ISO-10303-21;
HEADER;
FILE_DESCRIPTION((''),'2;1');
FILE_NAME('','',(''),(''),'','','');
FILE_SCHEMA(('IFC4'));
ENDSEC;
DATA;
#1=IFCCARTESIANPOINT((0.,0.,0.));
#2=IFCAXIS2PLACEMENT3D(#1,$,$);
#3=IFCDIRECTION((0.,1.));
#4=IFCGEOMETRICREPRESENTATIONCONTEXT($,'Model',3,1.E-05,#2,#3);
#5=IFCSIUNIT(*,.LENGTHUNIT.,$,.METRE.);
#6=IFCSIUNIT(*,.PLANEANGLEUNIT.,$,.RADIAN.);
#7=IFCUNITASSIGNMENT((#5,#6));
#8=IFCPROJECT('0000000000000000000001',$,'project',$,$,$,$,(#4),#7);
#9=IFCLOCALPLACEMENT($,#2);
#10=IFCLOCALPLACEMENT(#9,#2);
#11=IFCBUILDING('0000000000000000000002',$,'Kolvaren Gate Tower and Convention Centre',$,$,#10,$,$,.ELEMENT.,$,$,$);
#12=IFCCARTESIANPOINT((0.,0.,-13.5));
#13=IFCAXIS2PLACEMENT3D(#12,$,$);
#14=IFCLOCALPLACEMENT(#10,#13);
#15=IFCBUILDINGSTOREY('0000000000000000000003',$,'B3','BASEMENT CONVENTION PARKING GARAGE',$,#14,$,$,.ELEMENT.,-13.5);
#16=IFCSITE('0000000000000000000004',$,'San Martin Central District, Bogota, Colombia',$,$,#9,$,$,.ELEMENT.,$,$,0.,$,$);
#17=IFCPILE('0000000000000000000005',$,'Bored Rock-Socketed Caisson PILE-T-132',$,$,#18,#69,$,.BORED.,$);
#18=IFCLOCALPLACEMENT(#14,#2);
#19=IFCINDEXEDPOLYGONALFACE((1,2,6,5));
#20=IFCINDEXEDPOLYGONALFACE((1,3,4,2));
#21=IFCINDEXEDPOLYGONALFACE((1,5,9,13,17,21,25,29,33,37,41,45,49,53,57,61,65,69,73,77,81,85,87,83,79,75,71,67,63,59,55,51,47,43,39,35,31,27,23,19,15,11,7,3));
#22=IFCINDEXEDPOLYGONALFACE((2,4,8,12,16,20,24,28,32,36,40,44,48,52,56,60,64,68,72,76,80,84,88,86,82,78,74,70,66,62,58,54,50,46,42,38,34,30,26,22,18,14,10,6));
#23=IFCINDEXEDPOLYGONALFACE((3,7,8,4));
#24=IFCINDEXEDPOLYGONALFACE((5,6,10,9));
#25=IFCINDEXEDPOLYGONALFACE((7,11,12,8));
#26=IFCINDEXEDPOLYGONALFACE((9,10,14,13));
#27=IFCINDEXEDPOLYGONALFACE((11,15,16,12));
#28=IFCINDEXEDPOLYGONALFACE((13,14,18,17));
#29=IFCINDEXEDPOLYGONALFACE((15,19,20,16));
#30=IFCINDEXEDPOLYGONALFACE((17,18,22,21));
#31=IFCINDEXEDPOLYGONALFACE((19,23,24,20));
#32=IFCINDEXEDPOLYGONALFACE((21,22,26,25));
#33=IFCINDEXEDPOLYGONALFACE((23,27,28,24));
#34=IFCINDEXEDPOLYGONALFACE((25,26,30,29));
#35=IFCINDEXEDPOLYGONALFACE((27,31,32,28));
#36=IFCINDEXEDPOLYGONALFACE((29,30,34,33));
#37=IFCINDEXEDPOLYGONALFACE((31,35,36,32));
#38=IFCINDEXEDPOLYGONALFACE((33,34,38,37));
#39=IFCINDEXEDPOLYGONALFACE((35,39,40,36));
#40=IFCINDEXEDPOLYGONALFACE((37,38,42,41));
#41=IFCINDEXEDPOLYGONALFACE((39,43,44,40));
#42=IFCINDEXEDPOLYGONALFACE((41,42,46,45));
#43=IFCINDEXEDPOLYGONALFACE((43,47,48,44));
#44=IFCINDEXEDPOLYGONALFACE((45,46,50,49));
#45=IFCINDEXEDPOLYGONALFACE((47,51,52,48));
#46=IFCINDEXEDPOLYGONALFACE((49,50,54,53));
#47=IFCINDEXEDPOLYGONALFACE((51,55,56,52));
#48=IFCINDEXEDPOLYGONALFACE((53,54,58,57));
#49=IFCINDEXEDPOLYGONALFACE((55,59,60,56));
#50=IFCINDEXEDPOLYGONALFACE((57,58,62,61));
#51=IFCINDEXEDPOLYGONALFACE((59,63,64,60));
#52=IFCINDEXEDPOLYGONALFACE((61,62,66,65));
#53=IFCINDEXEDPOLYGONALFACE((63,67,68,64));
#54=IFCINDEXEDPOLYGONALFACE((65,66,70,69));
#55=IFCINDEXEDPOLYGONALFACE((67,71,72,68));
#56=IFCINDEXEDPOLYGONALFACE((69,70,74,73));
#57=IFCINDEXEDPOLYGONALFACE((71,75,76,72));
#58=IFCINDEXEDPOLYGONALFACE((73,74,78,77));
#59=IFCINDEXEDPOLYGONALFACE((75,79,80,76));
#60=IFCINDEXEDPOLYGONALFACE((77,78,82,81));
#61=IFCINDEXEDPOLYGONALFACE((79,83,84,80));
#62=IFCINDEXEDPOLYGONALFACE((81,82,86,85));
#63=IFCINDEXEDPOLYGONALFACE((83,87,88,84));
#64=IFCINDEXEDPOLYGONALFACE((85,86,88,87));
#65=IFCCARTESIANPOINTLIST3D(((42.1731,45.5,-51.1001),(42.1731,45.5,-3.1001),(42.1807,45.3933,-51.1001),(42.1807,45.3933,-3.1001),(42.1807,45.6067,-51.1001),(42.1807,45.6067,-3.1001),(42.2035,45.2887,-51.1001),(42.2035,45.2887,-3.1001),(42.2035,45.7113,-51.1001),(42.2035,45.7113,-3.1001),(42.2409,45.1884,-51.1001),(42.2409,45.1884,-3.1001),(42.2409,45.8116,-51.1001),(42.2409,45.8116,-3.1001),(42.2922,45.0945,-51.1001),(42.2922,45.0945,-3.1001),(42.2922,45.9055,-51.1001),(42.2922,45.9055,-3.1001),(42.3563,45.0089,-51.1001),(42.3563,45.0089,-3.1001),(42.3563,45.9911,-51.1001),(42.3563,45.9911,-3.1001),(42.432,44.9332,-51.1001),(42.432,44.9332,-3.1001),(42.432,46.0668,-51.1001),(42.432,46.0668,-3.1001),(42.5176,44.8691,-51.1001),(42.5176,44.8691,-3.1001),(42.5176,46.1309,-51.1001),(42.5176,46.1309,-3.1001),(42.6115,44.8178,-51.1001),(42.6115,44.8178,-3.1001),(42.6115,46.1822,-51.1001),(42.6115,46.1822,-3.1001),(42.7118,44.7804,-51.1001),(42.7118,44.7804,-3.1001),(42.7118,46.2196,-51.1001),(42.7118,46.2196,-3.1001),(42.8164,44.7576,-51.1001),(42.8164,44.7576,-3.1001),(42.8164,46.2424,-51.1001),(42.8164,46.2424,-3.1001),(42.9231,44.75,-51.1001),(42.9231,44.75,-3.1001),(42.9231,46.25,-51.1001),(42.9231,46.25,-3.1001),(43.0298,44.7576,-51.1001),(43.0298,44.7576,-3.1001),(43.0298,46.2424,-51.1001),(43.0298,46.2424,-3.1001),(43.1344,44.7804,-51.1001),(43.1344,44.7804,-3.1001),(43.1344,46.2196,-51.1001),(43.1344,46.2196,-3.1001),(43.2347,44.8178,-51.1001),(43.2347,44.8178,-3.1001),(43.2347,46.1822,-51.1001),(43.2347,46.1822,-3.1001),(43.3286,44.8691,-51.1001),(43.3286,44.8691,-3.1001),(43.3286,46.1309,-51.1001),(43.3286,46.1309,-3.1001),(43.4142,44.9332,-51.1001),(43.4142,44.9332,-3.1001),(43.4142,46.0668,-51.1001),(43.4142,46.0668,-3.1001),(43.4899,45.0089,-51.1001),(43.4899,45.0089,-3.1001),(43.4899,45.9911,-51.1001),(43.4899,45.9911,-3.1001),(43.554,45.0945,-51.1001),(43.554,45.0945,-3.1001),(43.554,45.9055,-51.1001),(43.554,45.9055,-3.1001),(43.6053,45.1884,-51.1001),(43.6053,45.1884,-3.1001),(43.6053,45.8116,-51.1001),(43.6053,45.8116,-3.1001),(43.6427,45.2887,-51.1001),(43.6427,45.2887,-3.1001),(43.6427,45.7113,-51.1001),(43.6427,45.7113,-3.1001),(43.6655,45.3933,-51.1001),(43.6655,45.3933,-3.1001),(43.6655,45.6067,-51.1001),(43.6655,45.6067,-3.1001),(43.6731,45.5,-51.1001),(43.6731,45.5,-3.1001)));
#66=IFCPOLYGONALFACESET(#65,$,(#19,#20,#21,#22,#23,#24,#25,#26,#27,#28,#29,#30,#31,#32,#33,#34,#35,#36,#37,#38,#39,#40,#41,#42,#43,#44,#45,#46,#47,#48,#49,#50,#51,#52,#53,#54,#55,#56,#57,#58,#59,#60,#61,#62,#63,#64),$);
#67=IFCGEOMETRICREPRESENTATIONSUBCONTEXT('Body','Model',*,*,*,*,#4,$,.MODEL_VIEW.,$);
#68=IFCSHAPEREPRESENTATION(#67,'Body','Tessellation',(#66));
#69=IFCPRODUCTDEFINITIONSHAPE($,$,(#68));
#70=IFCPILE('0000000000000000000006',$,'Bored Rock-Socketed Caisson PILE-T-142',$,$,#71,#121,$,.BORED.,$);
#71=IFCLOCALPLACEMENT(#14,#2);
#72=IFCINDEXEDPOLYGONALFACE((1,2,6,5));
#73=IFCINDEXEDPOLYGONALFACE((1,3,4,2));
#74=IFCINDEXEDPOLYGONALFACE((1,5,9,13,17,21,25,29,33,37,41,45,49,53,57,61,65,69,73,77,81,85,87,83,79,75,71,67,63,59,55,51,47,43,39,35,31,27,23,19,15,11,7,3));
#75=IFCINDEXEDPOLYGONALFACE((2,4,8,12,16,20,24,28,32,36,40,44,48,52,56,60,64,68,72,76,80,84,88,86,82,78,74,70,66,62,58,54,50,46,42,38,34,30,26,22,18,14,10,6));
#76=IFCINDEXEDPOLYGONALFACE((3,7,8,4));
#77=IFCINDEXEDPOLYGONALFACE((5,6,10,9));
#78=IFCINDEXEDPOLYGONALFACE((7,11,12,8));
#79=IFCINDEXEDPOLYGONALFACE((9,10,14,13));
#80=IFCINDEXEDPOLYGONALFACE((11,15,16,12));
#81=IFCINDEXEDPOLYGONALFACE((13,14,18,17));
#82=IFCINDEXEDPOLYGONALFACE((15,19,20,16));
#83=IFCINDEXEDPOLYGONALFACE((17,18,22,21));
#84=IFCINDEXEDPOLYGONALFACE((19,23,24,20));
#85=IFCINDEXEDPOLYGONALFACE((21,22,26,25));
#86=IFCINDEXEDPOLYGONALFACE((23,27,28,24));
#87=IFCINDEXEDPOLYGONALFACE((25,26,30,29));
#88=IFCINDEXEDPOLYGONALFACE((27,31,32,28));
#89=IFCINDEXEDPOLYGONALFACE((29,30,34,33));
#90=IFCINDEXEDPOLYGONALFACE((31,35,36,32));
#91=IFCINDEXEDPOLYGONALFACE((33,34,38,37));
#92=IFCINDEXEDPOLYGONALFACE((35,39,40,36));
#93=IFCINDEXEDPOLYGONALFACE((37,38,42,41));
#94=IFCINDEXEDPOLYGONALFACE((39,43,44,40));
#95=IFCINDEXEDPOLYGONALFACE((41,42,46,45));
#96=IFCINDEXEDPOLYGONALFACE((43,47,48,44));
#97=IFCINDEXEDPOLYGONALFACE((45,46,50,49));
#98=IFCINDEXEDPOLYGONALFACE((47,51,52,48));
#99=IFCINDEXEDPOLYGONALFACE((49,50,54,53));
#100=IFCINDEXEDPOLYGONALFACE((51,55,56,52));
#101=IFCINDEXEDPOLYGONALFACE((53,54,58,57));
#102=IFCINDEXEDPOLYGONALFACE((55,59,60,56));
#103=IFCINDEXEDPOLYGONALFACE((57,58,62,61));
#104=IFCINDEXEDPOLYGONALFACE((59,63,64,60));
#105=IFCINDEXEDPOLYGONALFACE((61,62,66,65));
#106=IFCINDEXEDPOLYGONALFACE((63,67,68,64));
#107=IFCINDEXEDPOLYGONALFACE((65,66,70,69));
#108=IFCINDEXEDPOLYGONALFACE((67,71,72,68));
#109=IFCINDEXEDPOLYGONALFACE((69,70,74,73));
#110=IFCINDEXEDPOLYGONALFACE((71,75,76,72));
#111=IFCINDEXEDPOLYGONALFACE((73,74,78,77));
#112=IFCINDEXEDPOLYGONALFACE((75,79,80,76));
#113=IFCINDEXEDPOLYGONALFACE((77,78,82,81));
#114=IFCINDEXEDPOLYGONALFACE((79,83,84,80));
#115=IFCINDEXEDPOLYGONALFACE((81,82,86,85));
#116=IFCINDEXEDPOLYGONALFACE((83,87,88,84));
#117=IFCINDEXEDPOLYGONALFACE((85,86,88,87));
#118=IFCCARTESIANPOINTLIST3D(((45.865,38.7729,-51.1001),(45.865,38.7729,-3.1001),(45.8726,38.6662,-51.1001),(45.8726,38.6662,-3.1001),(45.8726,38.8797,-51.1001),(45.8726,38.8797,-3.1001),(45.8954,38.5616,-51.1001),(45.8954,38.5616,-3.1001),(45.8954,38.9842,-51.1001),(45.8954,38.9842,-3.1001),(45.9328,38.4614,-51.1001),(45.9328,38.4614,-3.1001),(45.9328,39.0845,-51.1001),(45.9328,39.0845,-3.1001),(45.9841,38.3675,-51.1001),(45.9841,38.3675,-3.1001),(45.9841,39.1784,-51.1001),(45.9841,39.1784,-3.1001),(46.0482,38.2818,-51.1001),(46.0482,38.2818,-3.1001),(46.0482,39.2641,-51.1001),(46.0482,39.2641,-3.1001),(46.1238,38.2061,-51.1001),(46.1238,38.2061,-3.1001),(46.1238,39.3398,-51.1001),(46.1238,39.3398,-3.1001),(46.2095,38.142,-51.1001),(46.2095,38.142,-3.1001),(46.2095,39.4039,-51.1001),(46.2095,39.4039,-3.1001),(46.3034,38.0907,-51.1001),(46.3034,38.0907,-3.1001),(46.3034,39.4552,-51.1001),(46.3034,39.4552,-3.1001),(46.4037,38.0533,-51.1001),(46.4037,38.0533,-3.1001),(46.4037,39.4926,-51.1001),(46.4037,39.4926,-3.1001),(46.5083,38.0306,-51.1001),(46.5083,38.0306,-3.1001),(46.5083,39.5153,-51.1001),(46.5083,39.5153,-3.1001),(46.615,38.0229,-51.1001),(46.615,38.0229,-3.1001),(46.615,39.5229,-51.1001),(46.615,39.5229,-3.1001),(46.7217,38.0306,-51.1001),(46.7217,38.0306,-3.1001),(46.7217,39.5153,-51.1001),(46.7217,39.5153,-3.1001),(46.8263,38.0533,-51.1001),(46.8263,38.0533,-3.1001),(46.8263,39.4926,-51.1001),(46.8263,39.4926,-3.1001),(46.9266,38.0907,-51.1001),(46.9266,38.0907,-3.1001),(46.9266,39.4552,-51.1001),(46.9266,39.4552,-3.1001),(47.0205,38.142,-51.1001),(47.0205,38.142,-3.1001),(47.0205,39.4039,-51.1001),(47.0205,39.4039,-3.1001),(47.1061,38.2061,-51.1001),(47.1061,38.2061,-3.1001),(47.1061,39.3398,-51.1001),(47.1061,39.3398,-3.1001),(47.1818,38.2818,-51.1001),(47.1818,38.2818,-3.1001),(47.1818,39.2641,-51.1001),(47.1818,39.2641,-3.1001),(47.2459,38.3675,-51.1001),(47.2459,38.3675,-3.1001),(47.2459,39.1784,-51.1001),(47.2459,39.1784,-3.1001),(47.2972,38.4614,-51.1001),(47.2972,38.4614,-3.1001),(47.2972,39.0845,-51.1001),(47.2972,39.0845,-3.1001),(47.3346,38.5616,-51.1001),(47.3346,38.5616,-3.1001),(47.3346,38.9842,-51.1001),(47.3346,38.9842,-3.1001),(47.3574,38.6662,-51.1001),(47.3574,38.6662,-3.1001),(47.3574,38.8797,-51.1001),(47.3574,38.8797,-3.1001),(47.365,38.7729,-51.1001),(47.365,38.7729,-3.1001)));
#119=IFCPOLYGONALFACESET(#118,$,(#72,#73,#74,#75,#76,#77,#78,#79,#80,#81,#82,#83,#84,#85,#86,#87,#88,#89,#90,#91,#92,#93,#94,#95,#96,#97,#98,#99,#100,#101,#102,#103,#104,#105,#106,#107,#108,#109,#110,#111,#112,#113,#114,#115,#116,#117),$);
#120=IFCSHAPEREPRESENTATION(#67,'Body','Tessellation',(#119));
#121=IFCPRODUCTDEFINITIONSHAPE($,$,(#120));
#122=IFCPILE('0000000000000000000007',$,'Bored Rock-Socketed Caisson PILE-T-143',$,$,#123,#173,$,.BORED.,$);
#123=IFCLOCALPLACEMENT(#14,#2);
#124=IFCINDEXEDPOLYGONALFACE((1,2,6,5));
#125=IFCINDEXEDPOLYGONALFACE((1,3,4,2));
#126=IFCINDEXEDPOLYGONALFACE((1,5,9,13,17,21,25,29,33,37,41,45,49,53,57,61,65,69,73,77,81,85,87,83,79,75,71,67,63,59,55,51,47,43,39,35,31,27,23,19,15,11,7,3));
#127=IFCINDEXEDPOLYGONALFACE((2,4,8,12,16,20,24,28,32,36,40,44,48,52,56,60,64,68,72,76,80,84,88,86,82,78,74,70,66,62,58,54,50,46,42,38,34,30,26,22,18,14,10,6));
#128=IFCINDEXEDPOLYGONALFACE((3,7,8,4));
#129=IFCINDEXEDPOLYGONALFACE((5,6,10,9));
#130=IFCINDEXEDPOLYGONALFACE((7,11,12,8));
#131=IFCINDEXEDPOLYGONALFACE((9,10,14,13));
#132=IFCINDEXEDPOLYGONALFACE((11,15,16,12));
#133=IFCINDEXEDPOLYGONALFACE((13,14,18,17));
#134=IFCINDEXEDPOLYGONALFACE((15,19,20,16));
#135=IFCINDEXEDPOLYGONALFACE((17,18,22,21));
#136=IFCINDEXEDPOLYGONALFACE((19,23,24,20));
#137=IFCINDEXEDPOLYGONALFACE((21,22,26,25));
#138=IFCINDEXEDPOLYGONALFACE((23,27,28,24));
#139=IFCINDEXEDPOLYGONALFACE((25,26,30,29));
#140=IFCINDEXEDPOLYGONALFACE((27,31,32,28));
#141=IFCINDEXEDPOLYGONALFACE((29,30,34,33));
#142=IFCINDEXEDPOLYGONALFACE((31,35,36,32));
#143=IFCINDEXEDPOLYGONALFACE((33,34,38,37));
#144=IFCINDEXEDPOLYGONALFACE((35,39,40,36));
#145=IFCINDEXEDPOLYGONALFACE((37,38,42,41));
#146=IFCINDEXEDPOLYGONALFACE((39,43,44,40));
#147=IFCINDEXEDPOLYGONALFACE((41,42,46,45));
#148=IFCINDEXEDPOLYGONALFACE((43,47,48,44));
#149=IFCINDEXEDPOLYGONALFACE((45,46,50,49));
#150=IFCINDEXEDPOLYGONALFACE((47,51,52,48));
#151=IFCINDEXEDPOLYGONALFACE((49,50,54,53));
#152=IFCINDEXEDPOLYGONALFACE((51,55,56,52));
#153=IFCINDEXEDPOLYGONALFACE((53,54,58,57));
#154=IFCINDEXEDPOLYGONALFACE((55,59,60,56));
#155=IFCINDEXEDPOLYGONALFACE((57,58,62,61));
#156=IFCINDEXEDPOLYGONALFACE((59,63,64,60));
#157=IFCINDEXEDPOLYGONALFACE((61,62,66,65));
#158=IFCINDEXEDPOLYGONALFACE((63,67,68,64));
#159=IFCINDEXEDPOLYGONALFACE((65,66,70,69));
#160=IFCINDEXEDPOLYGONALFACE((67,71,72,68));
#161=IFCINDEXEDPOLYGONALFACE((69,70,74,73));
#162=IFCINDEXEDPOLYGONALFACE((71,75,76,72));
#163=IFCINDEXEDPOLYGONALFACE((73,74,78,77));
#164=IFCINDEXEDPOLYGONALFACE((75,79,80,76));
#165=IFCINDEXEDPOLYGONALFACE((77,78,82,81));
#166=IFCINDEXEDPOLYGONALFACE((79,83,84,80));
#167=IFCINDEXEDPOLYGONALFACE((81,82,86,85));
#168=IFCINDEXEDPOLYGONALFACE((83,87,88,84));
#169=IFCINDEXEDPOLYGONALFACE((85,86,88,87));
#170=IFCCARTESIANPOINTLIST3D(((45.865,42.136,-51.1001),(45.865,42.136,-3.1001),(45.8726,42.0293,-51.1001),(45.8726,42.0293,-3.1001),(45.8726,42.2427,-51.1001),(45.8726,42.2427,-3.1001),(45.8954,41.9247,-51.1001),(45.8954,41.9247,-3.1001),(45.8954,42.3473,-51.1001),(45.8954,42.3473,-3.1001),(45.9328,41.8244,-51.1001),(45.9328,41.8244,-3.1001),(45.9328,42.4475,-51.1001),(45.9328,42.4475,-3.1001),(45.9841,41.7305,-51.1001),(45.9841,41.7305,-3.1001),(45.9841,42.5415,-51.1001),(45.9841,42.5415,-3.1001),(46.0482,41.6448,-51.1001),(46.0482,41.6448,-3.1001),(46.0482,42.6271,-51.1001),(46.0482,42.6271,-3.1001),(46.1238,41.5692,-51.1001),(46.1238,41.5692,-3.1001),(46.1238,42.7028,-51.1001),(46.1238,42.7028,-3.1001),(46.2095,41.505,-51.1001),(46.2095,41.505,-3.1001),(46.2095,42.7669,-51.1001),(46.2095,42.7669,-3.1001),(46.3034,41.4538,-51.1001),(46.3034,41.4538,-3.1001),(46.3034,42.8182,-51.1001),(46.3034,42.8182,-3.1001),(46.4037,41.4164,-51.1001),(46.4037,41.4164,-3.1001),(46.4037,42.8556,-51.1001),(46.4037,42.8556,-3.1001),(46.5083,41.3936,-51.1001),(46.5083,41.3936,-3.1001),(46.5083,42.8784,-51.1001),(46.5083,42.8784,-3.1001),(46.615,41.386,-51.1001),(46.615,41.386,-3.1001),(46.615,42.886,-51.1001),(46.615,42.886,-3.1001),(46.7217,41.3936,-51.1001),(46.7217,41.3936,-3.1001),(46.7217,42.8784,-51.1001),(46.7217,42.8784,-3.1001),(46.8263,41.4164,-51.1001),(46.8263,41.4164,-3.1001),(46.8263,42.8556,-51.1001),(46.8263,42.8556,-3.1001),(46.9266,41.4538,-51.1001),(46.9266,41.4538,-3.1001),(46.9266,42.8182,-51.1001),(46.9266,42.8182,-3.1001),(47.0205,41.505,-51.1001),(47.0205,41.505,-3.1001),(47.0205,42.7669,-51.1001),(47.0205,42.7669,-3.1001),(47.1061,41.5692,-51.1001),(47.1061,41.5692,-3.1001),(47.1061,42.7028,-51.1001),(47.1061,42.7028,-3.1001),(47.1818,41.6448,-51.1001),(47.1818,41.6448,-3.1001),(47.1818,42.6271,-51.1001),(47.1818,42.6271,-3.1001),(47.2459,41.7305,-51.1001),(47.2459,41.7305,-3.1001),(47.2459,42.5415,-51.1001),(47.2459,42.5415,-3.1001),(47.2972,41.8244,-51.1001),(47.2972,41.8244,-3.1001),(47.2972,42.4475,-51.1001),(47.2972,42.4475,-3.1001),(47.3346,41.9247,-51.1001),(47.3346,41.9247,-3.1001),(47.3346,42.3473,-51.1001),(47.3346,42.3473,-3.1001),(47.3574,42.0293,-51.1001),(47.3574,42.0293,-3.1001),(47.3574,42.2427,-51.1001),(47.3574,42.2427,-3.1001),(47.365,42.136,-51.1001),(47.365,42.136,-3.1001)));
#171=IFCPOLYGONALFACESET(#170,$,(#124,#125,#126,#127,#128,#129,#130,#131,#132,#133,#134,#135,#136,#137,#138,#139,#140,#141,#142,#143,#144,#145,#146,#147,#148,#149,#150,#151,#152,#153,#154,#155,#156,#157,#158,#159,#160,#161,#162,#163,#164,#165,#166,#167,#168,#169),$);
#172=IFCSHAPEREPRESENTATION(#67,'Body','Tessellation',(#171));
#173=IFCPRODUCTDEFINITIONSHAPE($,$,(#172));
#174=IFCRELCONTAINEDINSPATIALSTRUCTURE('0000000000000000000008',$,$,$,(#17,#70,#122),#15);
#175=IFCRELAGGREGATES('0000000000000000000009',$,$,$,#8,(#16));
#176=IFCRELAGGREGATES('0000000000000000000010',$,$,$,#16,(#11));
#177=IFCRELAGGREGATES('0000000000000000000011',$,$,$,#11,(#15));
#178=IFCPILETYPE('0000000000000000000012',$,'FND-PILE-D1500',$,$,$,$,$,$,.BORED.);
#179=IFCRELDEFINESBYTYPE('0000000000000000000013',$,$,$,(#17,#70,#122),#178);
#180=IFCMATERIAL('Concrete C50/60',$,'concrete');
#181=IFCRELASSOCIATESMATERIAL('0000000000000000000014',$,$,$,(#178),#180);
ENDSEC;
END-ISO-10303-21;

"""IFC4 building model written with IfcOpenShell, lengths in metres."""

from ifc_helpers import new_model, si_unit, direction, frame, origin, origin_2d, place, context, subcontext, project, spatial, circle, extrude, material, material_profile, profile_set, type_object, element, save


model = new_model("IFC4")

# Units and contexts
model_context = context("Model", 3, precision=1e-05, world=origin(), true_north=direction((0.0, 1.0)))
body_context = subcontext(model_context, "Body", "Model", "MODEL_VIEW")
ifc_project = project(units=[si_unit("LENGTHUNIT", "METRE"), si_unit("PLANEANGLEUNIT", "RADIAN")], contexts=[model_context])

# Site, building, storey
site_placement = place(None, origin())
site = spatial("IfcSite", under=ifc_project, at=site_placement, Name="San Martin Central District, Bogota, Colombia", CompositionType="ELEMENT", RefElevation=0.0)
building_placement = place(site_placement, origin())
building = spatial("IfcBuilding", under=site, at=building_placement, Name="Kolvaren Gate Tower and Convention Centre", CompositionType="ELEMENT")
storey_placement = place(building_placement, frame((0.0, 0.0, -13.5)))
storey = spatial("IfcBuildingStorey", under=building, at=storey_placement, Name="B3", Description="BASEMENT CONVENTION PARKING GARAGE", CompositionType="ELEMENT", Elevation=-13.5)

# Shared definitions
ifc_material_1 = material(Name="Concrete C50/60", Category="concrete")

# Piles
ifc_material_profile_1 = material_profile(ifc_material_1, circle(Radius=0.75, at=origin_2d()), Name="CAISSON-D1500")
ifc_profile_set_1 = profile_set([ifc_material_profile_1], Name="Concrete C50/60")
pile_type = type_object("IfcPileType", Name="FND-PILE-D1500", PredefinedType="BORED", material=ifc_profile_set_1)
for number, where, z_axis, x_axis, name in (
    (1, (42.9231, 45.5, -3.1001), (0.0, 0.0, -1.0), (1.0, 0.0, 0.0), "Bored Rock-Socketed Caisson PILE-T-132"),
    (2, (46.615, 38.7729, -3.1001), (0.0, 0.0, -1.0), (1.0, 0.0, 0.0), "Bored Rock-Socketed Caisson PILE-T-142"),
    (3, (46.615, 42.136, -3.1001), (0.0, 0.0, -1.0), (1.0, 0.0, 0.0), "Bored Rock-Socketed Caisson PILE-T-143"),
):
    element("IfcPile", number, at=place(storey_placement, frame(where, z_axis=z_axis, x_axis=x_axis)), inside=storey, type_object=pile_type, Name=name, PredefinedType="BORED", context=body_context, shape_type="SweptSolid", body=[
        extrude(circle(Radius=0.75, at=origin_2d()), origin(), (0.0, 0.0, 1.0), 48.0),
    ])

save(model, "model.ifc")
